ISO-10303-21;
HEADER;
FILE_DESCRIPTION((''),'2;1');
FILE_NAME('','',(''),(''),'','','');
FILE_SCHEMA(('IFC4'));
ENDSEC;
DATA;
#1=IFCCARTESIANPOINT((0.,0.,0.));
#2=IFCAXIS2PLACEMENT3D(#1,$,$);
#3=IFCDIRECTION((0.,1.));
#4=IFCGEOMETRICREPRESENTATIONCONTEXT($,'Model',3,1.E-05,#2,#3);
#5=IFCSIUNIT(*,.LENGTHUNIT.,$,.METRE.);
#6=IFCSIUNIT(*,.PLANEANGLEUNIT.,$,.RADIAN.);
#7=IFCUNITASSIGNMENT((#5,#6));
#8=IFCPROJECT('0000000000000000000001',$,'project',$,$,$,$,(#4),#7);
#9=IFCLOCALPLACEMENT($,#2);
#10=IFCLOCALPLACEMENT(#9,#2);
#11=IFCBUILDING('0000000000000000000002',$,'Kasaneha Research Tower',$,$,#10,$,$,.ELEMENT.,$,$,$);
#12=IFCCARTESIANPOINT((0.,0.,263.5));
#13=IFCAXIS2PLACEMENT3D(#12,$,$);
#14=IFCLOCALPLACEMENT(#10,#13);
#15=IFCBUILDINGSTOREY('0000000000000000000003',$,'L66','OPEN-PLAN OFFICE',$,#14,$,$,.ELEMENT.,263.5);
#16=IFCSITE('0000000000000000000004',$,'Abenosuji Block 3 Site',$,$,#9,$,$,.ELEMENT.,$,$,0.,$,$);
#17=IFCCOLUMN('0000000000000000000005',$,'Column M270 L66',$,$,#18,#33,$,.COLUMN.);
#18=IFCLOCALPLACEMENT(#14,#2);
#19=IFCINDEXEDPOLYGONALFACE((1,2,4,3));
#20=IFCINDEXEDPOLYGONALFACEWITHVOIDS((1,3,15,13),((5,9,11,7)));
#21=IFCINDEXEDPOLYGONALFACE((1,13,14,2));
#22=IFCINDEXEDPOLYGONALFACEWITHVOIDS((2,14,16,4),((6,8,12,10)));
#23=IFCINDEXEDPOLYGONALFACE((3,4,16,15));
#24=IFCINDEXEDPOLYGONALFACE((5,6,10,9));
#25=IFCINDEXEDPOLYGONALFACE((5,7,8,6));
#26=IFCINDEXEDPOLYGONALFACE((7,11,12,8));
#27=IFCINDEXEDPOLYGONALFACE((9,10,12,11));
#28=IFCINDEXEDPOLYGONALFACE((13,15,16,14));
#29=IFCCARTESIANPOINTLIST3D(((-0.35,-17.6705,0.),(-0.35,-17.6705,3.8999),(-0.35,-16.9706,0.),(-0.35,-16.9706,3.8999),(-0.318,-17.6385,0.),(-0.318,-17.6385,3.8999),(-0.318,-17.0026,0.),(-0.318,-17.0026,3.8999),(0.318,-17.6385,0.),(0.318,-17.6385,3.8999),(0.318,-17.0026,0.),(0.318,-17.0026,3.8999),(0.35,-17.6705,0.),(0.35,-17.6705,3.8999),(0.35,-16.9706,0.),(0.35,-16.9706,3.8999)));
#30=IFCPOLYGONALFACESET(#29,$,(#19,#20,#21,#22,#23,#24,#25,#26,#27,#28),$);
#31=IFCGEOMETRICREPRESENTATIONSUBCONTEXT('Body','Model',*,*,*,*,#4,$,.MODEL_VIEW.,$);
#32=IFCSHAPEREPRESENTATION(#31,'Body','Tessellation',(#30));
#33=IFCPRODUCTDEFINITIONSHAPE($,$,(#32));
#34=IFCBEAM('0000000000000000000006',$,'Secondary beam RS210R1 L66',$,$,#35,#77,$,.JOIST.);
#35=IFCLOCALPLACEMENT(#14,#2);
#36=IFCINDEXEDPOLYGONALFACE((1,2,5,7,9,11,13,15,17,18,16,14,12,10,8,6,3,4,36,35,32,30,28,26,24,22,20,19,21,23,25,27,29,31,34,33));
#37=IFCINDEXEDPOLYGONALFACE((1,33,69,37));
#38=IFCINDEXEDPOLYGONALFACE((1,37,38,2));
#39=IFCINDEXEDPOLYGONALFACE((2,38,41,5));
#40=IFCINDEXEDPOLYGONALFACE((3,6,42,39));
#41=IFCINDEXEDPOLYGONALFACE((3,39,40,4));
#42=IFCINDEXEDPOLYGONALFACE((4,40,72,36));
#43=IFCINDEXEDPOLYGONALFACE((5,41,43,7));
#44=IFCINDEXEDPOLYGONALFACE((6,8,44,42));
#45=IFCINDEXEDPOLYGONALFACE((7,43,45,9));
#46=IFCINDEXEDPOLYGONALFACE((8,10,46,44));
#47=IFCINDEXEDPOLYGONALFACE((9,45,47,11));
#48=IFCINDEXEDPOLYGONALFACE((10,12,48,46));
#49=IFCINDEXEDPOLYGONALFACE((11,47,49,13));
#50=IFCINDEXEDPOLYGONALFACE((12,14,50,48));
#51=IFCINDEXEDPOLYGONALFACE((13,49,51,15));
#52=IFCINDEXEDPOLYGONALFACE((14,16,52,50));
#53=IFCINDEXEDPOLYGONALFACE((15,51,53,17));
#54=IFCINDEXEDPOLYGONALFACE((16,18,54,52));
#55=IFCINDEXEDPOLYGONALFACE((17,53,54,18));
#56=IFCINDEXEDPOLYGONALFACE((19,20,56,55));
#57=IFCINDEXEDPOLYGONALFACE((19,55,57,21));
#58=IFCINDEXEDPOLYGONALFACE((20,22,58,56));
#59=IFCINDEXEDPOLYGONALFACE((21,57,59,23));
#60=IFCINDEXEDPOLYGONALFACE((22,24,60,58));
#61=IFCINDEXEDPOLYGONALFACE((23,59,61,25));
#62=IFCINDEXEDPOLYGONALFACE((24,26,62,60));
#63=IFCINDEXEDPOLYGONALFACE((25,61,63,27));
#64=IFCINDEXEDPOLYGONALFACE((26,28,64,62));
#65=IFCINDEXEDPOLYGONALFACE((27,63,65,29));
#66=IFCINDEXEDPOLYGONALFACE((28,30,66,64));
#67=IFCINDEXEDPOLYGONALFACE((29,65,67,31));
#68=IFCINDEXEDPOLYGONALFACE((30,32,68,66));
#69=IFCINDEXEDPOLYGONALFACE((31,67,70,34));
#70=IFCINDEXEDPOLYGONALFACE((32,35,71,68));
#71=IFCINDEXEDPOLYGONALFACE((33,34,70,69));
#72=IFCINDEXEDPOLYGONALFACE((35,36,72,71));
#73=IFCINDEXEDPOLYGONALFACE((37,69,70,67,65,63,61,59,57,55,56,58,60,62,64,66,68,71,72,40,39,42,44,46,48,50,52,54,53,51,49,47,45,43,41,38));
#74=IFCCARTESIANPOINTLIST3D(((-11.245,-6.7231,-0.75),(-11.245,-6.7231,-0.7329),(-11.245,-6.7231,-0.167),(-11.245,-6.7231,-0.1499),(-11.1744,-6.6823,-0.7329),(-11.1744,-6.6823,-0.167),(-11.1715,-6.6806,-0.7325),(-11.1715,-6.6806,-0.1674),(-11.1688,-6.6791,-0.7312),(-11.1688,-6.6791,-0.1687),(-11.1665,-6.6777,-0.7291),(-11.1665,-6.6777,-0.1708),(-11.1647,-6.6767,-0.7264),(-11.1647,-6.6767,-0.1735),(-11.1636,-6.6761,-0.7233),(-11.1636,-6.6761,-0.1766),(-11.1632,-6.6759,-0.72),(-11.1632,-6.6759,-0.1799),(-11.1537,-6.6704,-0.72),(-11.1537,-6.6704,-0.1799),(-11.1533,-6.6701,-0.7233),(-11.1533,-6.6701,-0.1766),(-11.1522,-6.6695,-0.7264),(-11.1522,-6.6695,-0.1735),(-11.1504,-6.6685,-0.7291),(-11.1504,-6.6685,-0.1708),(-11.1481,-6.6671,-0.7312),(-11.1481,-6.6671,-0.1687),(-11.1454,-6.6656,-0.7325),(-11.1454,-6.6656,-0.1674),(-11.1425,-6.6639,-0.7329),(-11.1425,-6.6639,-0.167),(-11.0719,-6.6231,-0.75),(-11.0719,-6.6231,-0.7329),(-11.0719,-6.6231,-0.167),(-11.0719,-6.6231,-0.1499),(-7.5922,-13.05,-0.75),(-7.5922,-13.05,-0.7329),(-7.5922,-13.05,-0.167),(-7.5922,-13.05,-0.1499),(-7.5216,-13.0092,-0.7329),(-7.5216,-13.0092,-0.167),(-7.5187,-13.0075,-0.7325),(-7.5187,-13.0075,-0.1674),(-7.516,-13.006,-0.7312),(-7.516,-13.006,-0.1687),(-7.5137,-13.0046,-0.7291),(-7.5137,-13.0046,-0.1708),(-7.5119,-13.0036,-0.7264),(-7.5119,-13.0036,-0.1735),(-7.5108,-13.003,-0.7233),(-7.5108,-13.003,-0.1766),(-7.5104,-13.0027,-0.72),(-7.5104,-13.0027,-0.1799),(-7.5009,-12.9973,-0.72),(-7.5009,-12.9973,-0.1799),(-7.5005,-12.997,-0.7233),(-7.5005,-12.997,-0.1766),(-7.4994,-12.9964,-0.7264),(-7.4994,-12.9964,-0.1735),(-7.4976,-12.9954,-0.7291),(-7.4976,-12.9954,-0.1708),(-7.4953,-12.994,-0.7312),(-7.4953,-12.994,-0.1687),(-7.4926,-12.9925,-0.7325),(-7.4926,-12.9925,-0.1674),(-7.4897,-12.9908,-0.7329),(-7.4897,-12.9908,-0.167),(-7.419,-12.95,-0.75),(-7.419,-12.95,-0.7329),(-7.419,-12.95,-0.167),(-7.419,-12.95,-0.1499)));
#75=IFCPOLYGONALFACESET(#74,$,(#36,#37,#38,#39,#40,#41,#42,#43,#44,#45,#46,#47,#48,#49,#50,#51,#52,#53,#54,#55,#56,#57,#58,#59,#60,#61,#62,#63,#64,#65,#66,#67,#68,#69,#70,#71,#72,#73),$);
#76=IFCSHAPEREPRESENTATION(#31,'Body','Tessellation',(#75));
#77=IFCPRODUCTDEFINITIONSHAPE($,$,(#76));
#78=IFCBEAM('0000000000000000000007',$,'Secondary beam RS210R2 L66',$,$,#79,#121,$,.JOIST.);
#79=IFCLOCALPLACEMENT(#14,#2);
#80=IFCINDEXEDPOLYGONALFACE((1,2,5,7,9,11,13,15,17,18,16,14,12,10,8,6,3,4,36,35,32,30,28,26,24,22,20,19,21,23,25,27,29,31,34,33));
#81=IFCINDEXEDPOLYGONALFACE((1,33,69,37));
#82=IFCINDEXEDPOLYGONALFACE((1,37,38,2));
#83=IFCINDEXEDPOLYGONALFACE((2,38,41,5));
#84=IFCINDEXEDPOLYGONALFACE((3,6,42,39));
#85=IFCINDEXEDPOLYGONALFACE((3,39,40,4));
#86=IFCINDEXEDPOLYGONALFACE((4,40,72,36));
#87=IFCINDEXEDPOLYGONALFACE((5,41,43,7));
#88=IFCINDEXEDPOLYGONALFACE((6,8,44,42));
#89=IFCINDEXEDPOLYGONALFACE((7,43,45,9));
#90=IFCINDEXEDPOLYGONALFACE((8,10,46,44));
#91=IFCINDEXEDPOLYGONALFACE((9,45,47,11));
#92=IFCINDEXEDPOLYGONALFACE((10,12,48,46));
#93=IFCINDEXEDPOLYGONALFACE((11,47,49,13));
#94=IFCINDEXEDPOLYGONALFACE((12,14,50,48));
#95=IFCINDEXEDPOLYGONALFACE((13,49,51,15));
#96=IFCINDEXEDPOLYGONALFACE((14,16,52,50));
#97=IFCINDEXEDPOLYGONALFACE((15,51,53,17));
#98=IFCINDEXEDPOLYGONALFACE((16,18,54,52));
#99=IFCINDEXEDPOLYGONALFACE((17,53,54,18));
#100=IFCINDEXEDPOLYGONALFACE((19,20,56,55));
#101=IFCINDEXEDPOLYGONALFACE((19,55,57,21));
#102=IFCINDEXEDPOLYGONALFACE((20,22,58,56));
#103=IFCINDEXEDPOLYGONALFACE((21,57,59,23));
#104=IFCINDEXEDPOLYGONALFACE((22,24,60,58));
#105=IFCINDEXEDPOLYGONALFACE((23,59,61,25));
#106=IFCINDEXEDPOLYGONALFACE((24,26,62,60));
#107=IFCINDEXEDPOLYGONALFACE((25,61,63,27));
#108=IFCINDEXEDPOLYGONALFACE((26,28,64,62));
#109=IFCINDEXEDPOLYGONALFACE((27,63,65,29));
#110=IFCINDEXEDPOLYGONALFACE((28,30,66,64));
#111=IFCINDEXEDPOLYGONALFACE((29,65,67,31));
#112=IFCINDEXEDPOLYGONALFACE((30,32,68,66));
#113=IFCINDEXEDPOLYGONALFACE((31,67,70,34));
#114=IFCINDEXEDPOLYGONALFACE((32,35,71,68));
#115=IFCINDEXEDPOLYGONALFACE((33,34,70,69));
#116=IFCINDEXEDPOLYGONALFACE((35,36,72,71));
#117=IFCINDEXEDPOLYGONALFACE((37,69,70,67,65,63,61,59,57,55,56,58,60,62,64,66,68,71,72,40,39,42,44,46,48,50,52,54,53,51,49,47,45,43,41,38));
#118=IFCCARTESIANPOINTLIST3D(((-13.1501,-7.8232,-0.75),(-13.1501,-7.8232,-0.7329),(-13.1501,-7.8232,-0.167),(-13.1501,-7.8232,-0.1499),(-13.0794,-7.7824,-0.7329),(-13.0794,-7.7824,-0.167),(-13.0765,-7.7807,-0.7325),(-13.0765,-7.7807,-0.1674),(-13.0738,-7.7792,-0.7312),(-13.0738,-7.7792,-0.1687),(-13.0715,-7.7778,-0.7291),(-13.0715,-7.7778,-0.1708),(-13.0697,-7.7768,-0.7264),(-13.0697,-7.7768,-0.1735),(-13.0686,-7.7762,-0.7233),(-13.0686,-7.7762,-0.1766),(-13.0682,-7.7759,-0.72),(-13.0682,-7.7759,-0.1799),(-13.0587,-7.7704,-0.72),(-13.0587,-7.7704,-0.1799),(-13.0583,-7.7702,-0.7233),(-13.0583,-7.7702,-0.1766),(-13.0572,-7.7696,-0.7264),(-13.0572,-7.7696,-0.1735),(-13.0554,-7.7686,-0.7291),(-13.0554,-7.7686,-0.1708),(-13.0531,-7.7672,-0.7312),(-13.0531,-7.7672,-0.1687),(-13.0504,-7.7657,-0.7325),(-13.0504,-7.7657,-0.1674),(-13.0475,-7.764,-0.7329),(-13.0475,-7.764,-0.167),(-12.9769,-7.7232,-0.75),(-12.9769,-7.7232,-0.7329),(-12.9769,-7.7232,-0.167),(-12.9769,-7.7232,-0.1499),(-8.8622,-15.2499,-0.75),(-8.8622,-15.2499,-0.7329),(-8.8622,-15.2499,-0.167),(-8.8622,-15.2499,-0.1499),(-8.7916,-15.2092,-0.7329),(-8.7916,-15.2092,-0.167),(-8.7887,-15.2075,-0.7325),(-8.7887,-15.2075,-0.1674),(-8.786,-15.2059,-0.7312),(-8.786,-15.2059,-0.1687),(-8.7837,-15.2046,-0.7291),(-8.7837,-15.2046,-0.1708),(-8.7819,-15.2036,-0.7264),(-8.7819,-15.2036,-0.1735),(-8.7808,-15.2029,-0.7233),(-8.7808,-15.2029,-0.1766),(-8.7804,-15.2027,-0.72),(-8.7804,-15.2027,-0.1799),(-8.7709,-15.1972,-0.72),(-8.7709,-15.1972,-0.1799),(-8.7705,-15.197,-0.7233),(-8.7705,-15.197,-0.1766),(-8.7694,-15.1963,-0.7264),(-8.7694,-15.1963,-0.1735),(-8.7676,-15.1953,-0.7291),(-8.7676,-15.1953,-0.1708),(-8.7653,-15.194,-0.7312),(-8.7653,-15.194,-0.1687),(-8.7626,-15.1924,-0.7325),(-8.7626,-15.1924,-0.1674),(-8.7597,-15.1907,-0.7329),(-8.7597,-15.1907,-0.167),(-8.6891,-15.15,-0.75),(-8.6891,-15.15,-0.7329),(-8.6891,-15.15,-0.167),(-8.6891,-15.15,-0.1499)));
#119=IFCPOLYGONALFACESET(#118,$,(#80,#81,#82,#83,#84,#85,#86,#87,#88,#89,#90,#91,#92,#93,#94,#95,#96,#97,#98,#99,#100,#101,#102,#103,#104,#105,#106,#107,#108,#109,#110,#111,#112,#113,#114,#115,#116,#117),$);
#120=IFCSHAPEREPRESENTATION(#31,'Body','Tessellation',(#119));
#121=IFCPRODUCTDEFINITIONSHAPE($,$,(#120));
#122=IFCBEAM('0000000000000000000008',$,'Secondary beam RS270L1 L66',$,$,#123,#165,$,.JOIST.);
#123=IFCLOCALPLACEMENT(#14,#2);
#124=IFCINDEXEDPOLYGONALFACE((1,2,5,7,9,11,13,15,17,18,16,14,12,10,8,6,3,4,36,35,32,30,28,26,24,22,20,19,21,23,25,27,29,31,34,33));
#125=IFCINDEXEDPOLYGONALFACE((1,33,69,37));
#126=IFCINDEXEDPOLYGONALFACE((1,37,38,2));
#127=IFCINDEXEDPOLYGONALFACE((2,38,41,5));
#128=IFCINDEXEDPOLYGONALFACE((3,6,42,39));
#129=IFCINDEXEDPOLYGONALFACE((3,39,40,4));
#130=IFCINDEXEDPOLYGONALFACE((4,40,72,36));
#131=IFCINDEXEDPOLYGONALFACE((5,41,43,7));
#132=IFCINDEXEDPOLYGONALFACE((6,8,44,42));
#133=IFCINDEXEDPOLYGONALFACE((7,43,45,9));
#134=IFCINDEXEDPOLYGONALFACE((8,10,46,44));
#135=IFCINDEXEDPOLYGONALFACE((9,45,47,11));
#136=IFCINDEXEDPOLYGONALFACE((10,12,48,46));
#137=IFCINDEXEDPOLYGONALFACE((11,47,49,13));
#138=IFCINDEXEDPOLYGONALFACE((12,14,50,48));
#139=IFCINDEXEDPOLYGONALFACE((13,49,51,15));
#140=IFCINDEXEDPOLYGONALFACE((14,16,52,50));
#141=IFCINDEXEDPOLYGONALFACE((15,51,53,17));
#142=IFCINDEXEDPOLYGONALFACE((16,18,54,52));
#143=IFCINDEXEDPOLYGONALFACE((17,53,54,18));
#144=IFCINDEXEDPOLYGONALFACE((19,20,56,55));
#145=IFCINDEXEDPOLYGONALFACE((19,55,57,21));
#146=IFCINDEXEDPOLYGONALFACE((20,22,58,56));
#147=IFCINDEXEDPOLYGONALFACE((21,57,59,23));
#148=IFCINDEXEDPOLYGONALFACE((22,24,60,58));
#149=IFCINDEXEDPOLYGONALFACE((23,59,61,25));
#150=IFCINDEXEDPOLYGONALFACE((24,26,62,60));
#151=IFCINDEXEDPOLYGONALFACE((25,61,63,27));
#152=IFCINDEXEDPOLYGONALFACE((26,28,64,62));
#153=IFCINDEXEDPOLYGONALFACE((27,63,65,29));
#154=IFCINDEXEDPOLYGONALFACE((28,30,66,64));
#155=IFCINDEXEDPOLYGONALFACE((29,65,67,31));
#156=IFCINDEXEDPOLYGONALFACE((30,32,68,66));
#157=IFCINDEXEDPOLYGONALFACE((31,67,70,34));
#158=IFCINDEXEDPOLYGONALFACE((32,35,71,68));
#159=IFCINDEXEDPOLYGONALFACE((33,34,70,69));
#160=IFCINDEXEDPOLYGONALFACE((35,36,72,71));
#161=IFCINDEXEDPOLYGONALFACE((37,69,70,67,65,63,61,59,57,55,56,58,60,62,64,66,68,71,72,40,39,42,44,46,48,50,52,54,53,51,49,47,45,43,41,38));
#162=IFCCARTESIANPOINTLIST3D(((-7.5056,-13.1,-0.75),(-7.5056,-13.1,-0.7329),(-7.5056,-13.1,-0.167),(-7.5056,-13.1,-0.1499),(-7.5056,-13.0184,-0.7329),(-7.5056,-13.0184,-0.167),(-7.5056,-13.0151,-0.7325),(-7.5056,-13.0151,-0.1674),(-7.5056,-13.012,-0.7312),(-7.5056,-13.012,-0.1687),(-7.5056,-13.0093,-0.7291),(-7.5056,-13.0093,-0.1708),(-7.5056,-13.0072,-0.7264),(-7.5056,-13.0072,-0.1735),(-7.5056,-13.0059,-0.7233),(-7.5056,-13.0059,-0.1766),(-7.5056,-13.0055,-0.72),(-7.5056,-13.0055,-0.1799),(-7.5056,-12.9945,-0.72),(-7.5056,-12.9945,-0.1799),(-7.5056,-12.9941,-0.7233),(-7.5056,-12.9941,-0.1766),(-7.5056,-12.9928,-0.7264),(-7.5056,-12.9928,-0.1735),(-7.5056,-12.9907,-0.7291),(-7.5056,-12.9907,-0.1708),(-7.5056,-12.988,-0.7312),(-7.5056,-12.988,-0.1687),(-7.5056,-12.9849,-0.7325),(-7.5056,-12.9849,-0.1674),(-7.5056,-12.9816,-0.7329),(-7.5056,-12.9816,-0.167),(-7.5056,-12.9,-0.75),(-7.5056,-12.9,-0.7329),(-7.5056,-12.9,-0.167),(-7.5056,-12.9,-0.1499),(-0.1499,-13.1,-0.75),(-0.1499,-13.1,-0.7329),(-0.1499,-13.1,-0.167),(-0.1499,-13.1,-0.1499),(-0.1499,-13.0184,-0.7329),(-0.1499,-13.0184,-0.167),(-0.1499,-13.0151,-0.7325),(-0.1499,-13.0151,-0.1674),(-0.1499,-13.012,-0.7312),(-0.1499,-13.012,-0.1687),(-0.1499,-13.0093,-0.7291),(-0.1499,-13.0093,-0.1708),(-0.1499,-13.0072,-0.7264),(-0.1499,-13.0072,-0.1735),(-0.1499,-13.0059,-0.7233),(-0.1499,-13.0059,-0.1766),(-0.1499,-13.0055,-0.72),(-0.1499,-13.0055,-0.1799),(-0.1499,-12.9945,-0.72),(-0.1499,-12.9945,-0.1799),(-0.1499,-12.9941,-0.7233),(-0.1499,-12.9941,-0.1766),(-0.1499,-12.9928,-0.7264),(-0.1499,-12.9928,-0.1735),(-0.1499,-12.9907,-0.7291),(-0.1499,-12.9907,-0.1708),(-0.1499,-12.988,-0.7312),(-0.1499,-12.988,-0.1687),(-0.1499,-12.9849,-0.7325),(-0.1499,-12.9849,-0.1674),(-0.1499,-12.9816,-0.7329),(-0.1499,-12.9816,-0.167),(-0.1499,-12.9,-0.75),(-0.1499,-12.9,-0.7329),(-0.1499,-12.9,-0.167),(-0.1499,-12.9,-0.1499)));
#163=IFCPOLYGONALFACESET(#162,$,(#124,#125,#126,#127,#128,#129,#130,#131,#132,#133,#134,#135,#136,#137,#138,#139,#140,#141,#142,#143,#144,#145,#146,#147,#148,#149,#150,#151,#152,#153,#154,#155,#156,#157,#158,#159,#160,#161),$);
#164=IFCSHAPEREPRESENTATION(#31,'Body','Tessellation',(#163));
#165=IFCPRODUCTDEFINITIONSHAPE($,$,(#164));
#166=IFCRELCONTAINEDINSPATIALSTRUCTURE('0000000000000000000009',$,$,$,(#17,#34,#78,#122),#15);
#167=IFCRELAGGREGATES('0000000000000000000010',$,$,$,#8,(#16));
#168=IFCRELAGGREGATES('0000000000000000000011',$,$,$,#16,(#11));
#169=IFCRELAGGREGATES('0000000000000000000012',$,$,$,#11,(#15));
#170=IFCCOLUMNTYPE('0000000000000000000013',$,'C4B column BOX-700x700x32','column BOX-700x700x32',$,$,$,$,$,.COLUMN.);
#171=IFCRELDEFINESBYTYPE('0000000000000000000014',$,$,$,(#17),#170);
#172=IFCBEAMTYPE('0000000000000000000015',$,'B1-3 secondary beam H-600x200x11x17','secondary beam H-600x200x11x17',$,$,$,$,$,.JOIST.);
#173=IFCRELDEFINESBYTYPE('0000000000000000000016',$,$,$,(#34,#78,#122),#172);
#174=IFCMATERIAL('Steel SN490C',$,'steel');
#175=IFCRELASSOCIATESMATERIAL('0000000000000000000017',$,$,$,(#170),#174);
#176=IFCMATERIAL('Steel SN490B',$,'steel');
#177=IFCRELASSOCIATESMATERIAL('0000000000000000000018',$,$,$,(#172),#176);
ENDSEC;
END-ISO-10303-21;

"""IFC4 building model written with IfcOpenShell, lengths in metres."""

from ifc_helpers import new_model, si_unit, direction, frame, origin, origin_2d, place, context, subcontext, project, spatial, hollow_rectangle, i_section, extrude, material, material_profile, profile_set, type_object, element, save


model = new_model("IFC4")

# Units and contexts
model_context = context("Model", 3, precision=1e-05, world=origin(), true_north=direction((0.0, 1.0)))
body_context = subcontext(model_context, "Body", "Model", "MODEL_VIEW")
ifc_project = project(units=[si_unit("LENGTHUNIT", "METRE"), si_unit("PLANEANGLEUNIT", "RADIAN")], contexts=[model_context])

# Site, building, storey
site_placement = place(None, origin())
site = spatial("IfcSite", under=ifc_project, at=site_placement, Name="Abenosuji Block 3 Site", CompositionType="ELEMENT", RefElevation=0.0)
building_placement = place(site_placement, origin())
building = spatial("IfcBuilding", under=site, at=building_placement, Name="Kasaneha Research Tower", CompositionType="ELEMENT")
storey_placement = place(building_placement, frame((0.0, 0.0, 263.5)))
storey = spatial("IfcBuildingStorey", under=building, at=storey_placement, Name="L66", Description="OPEN-PLAN OFFICE", CompositionType="ELEMENT", Elevation=263.5)

# Column
ifc_material_1 = material(Name="Steel SN490C", Category="steel")
ifc_material_profile_1 = material_profile(ifc_material_1, hollow_rectangle(XDim=0.7, YDim=0.7, WallThickness=0.032, at=origin_2d()), Name="BOX-700x700x32")
ifc_profile_set_1 = profile_set([ifc_material_profile_1], Name="Steel SN490C")
column_type = type_object("IfcColumnType", Name="C4B column BOX-700x700x32", Description="column BOX-700x700x32", PredefinedType="COLUMN", material=ifc_profile_set_1)
column_placement = place(storey_placement, frame((0.0, -17.3206, 0.0), z_axis=(0.0, 0.0, 1.0), x_axis=(1.0, 0.0, 0.0)))
element("IfcColumn", 1, at=column_placement, inside=storey, type_object=column_type, Name="Column M270 L66", PredefinedType="COLUMN", context=body_context, shape_type="SweptSolid", body=[
    extrude(hollow_rectangle(XDim=0.7, YDim=0.7, WallThickness=0.032, at=origin_2d()), origin(), (0.0, 0.0, 1.0), 3.8999),
])

# Beams
ifc_material_2 = material(Name="Steel SN490B", Category="steel")
ifc_material_profile_2 = material_profile(ifc_material_2, i_section(OverallWidth=0.2, OverallDepth=0.6001, WebThickness=0.011, FlangeThickness=0.0171, FilletRadius=0.0129, at=origin_2d()), Name="H-600x200x11x17")
ifc_profile_set_2 = profile_set([ifc_material_profile_2], Name="Steel SN490B")
beam_type = type_object("IfcBeamType", Name="B1-3 secondary beam H-600x200x11x17", Description="secondary beam H-600x200x11x17", PredefinedType="JOIST", material=ifc_profile_set_2)
beam_1_placement = place(storey_placement, frame((-7.5056, -13.0, -0.45), z_axis=(-0.499999, 0.866026, 0.0), x_axis=(-0.866026, -0.499999, 0.0)))
element("IfcBeam", 2, at=beam_1_placement, inside=storey, type_object=beam_type, Name="Secondary beam RS210R1 L66", PredefinedType="JOIST", context=body_context, shape_type="SweptSolid", body=[
    extrude(i_section(OverallWidth=0.2, OverallDepth=0.6001, WebThickness=0.011, FlangeThickness=0.0171, FilletRadius=0.0129, at=origin_2d()), origin(), (0.0, 0.0, 1.0), 7.3057),
])
beam_2_placement = place(storey_placement, frame((-8.7756, -15.2, -0.45), z_axis=(-0.5, 0.866025, 0.0), x_axis=(-0.866025, -0.5, 0.0)))
element("IfcBeam", 3, at=beam_2_placement, inside=storey, type_object=beam_type, Name="Secondary beam RS210R2 L66", PredefinedType="JOIST", context=body_context, shape_type="SweptSolid", body=[
    extrude(i_section(OverallWidth=0.2, OverallDepth=0.6001, WebThickness=0.011, FlangeThickness=0.0171, FilletRadius=0.0129, at=origin_2d()), origin(), (0.0, 0.0, 1.0), 8.5757),
])
beam_3_placement = place(storey_placement, frame((-7.5056, -13.0, -0.45), z_axis=(1.0, 0.0, 0.0), x_axis=(0.0, 1.0, 0.0)))
element("IfcBeam", 4, at=beam_3_placement, inside=storey, type_object=beam_type, Name="Secondary beam RS270L1 L66", PredefinedType="JOIST", context=body_context, shape_type="SweptSolid", body=[
    extrude(i_section(OverallWidth=0.2, OverallDepth=0.6001, WebThickness=0.011, FlangeThickness=0.0171, FilletRadius=0.0129, at=origin_2d()), origin(), (0.0, 0.0, 1.0), 7.3557),
])

save(model, "model.ifc")
